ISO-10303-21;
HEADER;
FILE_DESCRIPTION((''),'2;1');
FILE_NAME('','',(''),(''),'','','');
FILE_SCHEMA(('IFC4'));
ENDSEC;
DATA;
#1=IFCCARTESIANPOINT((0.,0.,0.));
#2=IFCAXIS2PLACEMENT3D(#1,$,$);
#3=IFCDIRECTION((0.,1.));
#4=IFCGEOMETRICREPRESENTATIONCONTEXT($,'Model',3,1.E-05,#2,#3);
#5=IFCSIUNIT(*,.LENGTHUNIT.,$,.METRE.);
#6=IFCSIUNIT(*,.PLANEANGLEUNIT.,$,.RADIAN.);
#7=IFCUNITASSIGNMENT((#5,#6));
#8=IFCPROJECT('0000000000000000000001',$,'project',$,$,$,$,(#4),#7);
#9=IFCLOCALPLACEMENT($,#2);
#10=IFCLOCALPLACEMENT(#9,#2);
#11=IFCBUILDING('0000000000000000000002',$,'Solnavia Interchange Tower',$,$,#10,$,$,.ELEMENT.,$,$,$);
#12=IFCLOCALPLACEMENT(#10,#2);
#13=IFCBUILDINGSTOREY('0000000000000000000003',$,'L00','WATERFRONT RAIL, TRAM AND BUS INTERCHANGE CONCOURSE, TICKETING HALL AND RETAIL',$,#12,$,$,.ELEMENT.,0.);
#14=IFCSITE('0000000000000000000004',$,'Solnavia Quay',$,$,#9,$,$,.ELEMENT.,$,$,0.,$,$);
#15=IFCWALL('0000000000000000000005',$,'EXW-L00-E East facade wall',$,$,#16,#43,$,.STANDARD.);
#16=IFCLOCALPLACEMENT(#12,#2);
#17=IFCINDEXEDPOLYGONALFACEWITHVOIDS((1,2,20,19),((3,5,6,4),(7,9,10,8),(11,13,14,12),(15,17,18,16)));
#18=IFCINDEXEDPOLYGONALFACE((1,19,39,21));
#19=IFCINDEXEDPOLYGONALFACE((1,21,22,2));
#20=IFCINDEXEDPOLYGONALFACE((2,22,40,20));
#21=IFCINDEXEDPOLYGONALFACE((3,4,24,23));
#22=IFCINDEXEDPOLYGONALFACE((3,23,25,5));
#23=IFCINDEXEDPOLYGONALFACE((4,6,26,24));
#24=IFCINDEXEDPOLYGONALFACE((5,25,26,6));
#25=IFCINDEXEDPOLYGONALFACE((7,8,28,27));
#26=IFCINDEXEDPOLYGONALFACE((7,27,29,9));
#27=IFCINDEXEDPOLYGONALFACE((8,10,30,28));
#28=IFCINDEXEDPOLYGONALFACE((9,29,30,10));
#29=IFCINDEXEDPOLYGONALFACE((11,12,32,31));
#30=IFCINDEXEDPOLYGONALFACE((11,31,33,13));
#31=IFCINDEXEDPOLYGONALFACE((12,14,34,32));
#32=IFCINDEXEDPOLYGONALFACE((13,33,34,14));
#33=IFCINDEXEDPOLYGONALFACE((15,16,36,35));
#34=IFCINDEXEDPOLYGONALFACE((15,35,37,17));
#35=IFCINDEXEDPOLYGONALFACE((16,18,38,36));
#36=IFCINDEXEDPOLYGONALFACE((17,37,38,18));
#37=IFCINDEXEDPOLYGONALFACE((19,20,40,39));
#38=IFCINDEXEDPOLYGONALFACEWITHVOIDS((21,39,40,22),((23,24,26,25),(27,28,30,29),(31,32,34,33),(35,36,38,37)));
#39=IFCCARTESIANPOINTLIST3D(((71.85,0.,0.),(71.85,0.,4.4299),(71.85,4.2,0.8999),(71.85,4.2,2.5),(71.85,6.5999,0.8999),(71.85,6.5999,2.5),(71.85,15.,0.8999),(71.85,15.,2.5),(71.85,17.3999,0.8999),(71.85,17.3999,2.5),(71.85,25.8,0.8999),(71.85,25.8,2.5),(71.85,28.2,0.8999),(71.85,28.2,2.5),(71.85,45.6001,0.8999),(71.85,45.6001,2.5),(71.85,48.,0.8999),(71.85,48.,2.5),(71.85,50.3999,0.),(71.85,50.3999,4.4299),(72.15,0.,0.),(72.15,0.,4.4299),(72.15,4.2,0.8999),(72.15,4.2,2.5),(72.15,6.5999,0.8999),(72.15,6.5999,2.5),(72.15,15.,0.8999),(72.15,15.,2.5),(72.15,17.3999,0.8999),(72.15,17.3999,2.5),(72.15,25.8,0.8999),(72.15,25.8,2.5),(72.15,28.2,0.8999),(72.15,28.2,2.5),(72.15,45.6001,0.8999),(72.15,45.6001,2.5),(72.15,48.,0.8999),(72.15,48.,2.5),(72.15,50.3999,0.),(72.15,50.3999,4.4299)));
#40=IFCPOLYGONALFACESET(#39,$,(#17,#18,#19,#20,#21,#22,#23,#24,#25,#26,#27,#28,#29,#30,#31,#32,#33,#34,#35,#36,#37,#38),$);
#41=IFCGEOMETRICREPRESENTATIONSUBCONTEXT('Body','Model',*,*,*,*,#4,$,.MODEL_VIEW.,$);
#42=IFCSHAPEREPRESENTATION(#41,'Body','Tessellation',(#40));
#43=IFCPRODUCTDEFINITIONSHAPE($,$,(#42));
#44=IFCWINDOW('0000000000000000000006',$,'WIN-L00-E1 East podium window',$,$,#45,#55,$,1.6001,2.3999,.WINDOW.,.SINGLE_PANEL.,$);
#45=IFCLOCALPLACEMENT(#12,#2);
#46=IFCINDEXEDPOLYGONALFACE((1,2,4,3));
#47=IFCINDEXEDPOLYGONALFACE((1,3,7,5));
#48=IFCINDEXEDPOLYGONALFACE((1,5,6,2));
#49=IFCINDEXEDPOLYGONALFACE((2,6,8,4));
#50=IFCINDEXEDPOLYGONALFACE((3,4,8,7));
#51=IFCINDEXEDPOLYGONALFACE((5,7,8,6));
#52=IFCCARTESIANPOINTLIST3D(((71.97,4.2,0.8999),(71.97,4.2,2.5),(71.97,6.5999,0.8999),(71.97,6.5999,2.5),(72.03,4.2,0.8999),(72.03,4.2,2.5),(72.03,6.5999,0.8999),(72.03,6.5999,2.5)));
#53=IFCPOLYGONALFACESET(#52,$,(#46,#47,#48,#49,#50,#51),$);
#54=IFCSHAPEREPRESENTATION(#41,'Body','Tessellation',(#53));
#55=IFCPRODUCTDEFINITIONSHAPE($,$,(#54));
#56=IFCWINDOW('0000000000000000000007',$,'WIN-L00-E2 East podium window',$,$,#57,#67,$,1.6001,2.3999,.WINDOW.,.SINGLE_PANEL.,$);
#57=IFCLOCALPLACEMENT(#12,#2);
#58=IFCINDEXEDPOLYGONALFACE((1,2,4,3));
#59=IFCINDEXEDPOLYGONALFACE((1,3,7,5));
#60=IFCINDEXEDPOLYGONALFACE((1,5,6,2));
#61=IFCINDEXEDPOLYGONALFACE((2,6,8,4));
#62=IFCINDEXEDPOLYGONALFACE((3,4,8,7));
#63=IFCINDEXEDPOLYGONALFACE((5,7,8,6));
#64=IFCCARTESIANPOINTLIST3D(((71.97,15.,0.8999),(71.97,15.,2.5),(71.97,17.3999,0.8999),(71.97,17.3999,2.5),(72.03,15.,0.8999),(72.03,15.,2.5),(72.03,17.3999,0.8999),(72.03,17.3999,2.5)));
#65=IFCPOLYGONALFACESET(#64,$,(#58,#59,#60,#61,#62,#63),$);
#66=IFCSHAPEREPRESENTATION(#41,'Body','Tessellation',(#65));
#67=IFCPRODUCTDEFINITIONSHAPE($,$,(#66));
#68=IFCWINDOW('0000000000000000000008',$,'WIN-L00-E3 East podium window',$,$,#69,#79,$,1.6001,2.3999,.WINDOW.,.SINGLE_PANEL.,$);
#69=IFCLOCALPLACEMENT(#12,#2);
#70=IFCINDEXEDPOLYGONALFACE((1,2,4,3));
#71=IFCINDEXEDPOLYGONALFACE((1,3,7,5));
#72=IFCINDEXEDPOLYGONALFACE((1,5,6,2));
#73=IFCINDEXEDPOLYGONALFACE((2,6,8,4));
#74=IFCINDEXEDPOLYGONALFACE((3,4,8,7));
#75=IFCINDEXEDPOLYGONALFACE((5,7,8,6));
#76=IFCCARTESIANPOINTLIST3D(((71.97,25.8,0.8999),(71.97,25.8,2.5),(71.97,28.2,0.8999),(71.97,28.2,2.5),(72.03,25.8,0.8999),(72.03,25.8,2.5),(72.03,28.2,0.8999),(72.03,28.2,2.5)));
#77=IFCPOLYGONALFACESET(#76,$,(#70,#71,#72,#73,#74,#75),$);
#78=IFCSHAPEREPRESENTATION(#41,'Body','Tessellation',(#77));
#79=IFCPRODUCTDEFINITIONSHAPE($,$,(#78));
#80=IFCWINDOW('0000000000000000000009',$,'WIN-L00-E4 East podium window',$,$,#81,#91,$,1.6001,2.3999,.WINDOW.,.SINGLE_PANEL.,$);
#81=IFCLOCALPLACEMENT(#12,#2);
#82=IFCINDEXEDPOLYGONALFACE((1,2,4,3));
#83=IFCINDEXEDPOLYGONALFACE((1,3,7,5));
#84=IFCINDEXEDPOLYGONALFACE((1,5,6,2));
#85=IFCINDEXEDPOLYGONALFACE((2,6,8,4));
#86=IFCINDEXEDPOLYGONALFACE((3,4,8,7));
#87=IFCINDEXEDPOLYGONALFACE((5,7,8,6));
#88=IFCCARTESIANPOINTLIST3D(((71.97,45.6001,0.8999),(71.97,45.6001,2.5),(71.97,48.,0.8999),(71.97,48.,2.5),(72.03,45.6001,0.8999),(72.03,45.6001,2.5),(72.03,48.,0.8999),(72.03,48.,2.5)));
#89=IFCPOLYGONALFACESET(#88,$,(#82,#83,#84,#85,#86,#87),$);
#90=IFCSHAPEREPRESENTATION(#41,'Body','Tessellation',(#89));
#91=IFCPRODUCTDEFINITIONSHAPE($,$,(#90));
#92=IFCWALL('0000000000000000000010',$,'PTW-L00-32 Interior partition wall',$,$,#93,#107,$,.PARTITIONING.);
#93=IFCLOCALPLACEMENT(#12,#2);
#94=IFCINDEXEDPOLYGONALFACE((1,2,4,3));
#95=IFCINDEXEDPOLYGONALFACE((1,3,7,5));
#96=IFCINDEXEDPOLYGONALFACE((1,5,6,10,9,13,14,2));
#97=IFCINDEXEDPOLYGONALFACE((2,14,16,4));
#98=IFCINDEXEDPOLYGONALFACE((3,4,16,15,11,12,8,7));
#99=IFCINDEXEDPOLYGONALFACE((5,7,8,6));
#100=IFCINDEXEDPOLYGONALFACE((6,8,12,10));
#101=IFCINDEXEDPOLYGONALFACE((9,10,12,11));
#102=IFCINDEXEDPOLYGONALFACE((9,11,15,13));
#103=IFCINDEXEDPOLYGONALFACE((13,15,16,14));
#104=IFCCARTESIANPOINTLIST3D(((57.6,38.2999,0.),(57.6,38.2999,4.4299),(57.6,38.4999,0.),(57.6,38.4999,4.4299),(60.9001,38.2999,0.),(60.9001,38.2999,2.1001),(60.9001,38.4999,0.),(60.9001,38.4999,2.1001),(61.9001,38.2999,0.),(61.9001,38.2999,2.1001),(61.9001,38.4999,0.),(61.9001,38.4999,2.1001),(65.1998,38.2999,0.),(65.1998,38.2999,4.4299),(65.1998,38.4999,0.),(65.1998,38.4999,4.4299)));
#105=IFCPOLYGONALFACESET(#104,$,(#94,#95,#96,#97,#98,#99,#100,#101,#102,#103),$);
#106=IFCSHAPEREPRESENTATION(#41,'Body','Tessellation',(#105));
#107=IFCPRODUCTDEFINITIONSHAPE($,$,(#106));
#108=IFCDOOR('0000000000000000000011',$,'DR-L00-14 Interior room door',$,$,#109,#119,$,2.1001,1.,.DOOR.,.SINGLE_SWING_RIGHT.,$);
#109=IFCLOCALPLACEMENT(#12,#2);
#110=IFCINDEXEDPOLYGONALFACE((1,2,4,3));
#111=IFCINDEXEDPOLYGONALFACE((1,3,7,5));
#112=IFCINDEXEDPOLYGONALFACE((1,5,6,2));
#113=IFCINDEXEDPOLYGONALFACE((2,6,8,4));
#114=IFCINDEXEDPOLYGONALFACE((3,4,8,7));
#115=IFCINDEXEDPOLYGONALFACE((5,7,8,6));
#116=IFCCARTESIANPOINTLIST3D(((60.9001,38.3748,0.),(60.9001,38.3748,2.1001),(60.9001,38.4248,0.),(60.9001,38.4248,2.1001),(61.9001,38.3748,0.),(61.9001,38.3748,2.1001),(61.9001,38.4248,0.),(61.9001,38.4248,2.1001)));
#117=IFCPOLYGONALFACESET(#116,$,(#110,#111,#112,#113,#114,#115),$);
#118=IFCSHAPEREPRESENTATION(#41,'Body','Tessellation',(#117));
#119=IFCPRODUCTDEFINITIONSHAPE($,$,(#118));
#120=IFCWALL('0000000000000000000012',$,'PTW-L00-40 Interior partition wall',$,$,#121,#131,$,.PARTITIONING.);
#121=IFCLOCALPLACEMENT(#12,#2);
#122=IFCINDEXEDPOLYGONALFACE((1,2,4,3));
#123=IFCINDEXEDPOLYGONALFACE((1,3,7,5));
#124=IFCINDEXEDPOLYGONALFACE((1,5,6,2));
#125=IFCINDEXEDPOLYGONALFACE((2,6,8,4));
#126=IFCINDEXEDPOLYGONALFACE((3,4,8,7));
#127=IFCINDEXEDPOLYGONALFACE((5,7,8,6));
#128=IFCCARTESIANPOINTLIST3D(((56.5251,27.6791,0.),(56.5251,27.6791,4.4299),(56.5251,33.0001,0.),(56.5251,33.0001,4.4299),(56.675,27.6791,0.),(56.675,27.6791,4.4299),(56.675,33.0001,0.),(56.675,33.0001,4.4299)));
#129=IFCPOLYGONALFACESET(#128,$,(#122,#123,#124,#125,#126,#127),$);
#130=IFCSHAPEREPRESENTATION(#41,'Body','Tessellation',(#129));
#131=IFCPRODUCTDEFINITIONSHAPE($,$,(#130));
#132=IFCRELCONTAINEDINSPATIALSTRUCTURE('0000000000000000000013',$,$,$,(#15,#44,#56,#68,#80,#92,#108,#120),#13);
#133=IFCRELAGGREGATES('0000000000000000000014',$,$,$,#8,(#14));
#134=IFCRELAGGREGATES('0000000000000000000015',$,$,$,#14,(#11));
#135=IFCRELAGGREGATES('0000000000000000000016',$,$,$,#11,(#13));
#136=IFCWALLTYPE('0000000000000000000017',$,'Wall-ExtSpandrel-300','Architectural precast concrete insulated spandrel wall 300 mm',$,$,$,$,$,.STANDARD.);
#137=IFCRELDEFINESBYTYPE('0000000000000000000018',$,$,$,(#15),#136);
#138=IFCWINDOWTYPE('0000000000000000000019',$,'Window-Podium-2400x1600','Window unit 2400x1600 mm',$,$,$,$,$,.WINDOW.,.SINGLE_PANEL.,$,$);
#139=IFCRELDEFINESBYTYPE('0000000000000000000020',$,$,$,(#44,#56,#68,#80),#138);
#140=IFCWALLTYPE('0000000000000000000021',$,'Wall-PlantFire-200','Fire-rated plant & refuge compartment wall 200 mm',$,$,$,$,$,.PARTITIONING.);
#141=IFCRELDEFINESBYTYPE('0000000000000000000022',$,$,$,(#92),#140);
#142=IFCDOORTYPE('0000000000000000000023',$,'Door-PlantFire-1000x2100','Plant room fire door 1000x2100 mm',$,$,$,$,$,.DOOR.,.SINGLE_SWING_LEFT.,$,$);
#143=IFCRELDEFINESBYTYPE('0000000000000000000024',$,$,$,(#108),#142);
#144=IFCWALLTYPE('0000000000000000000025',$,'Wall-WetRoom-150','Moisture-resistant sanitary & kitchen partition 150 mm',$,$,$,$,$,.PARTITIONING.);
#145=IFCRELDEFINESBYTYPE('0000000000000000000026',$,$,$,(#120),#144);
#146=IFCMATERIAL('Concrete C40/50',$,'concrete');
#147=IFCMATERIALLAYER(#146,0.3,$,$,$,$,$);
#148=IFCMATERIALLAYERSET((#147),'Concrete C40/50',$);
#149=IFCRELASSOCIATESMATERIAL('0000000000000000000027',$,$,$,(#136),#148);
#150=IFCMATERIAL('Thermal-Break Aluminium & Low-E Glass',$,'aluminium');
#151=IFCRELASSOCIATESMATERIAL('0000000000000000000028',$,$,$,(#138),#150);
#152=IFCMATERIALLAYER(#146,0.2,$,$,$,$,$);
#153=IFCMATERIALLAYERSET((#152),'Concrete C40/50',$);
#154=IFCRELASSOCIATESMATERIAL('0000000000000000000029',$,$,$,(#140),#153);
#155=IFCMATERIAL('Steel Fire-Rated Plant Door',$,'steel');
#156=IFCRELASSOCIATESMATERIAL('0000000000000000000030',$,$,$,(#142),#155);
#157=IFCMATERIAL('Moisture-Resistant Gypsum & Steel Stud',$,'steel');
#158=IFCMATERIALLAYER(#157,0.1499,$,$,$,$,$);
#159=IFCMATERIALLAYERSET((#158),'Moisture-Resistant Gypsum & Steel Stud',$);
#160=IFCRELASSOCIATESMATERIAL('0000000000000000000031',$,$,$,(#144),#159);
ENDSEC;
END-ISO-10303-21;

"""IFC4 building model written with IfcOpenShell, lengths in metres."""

from ifc_helpers import new_model, si_unit, direction, frame, frame_2d, origin, place, context, subcontext, project, spatial, rectangle, extrude, material, layer, layer_set, type_object, element, fill, save


model = new_model("IFC4")

# Units and contexts
model_context = context("Model", 3, precision=1e-05, world=origin(), true_north=direction((0.0, 1.0)))
body_context = subcontext(model_context, "Body", "Model", "MODEL_VIEW")
ifc_project = project(units=[si_unit("LENGTHUNIT", "METRE"), si_unit("PLANEANGLEUNIT", "RADIAN")], contexts=[model_context])

# Site, building, storey
site_placement = place(None, origin())
site = spatial("IfcSite", under=ifc_project, at=site_placement, Name="Solnavia Quay", CompositionType="ELEMENT", RefElevation=0.0)
building_placement = place(site_placement, origin())
building = spatial("IfcBuilding", under=site, at=building_placement, Name="Solnavia Interchange Tower", CompositionType="ELEMENT")
storey_placement = place(building_placement, origin())
storey = spatial("IfcBuildingStorey", under=building, at=storey_placement, Name="L00", Description="WATERFRONT RAIL, TRAM AND BUS INTERCHANGE CONCOURSE, TICKETING HALL AND RETAIL", CompositionType="ELEMENT", Elevation=0.0)

# Wall, openings, windows
ifc_material_1 = material(Name="Concrete C40/50", Category="concrete")
ifc_layer_1 = layer(ifc_material_1, 0.3)
ifc_layer_set_1 = layer_set([ifc_layer_1], Name="Concrete C40/50")
wall_type_1 = type_object("IfcWallType", Name="Wall-ExtSpandrel-300", Description="Architectural precast concrete insulated spandrel wall 300 mm", PredefinedType="STANDARD", material=ifc_layer_set_1)
wall_1_placement = place(storey_placement, frame((72.0, 50.3999, 0.0), z_axis=(0.0, 0.0, 1.0), x_axis=(0.0, -1.0, 0.0)))
wall_1 = element("IfcWall", 1, at=wall_1_placement, inside=storey, type_object=wall_type_1, Name="EXW-L00-E East facade wall", PredefinedType="STANDARD", context=body_context, shape_type="SweptSolid", body=[
    extrude(rectangle(XDim=50.3999, YDim=0.3, at=frame_2d((25.2, 0.0))), origin(), (0.0, 0.0, 1.0), 4.4299),
])
opening_1_placement = place(wall_1_placement, frame((43.8, 0.0, 0.8999)))
opening_1 = element("IfcOpeningElement", 2, at=opening_1_placement, cuts=wall_1, PredefinedType="OPENING", context=body_context, shape_type="SweptSolid", body=[
    extrude(rectangle(XDim=2.3999, YDim=1.6001, at=frame_2d((1.2, 0.8))), frame((0.0, 0.1602, 0.0), z_axis=(0.0, -1.0, 0.0), x_axis=(1.0, 0.0, 0.0)), (0.0, 0.0, 1.0), 0.3201),
])
opening_2_placement = place(wall_1_placement, frame((33.0, 0.0, 0.8999)))
opening_2 = element("IfcOpeningElement", 3, at=opening_2_placement, cuts=wall_1, PredefinedType="OPENING", context=body_context, shape_type="SweptSolid", body=[
    extrude(rectangle(XDim=2.3999, YDim=1.6001, at=frame_2d((1.2, 0.8))), frame((0.0, 0.1602, 0.0), z_axis=(0.0, -1.0, 0.0), x_axis=(1.0, 0.0, 0.0)), (0.0, 0.0, 1.0), 0.3201),
])
opening_3_placement = place(wall_1_placement, frame((22.2, 0.0, 0.8999)))
opening_3 = element("IfcOpeningElement", 4, at=opening_3_placement, cuts=wall_1, PredefinedType="OPENING", context=body_context, shape_type="SweptSolid", body=[
    extrude(rectangle(XDim=2.3999, YDim=1.6001, at=frame_2d((1.2, 0.8))), frame((0.0, 0.1602, 0.0), z_axis=(0.0, -1.0, 0.0), x_axis=(1.0, 0.0, 0.0)), (0.0, 0.0, 1.0), 0.3201),
])
opening_4_placement = place(wall_1_placement, frame((2.3999, 0.0, 0.8999)))
opening_4 = element("IfcOpeningElement", 5, at=opening_4_placement, cuts=wall_1, PredefinedType="OPENING", context=body_context, shape_type="SweptSolid", body=[
    extrude(rectangle(XDim=2.3999, YDim=1.6001, at=frame_2d((1.2, 0.8))), frame((0.0, 0.1602, 0.0), z_axis=(0.0, -1.0, 0.0), x_axis=(1.0, 0.0, 0.0)), (0.0, 0.0, 1.0), 0.3201),
])
ifc_material_2 = material(Name="Thermal-Break Aluminium & Low-E Glass", Category="aluminium")
window_type = type_object("IfcWindowType", Name="Window-Podium-2400x1600", Description="Window unit 2400x1600 mm", PartitioningType="SINGLE_PANEL", PredefinedType="WINDOW", material=ifc_material_2)
window_1_placement = place(opening_1_placement, origin())
window_1 = element("IfcWindow", 6, at=window_1_placement, inside=storey, type_object=window_type, Name="WIN-L00-E1 East podium window", OverallHeight=1.6001, OverallWidth=2.3999, PartitioningType="SINGLE_PANEL", PredefinedType="WINDOW", context=body_context, shape_type="SweptSolid", body=[
    extrude(rectangle(XDim=2.3999, YDim=1.6001, at=frame_2d((1.2, 0.8))), frame((0.0, 0.03, 0.0), z_axis=(0.0, -1.0, 0.0), x_axis=(1.0, 0.0, 0.0)), (0.0, 0.0, 1.0), 0.0601),
])
fill(opening_1, window_1)
window_2_placement = place(opening_2_placement, origin())
window_2 = element("IfcWindow", 7, at=window_2_placement, inside=storey, type_object=window_type, Name="WIN-L00-E2 East podium window", OverallHeight=1.6001, OverallWidth=2.3999, PartitioningType="SINGLE_PANEL", PredefinedType="WINDOW", context=body_context, shape_type="SweptSolid", body=[
    extrude(rectangle(XDim=2.3999, YDim=1.6001, at=frame_2d((1.2, 0.8))), frame((0.0, 0.03, 0.0), z_axis=(0.0, -1.0, 0.0), x_axis=(1.0, 0.0, 0.0)), (0.0, 0.0, 1.0), 0.0601),
])
fill(opening_2, window_2)
window_3_placement = place(opening_3_placement, origin())
window_3 = element("IfcWindow", 8, at=window_3_placement, inside=storey, type_object=window_type, Name="WIN-L00-E3 East podium window", OverallHeight=1.6001, OverallWidth=2.3999, PartitioningType="SINGLE_PANEL", PredefinedType="WINDOW", context=body_context, shape_type="SweptSolid", body=[
    extrude(rectangle(XDim=2.3999, YDim=1.6001, at=frame_2d((1.2, 0.8))), frame((0.0, 0.03, 0.0), z_axis=(0.0, -1.0, 0.0), x_axis=(1.0, 0.0, 0.0)), (0.0, 0.0, 1.0), 0.0601),
])
fill(opening_3, window_3)
window_4_placement = place(opening_4_placement, origin())
window_4 = element("IfcWindow", 9, at=window_4_placement, inside=storey, type_object=window_type, Name="WIN-L00-E4 East podium window", OverallHeight=1.6001, OverallWidth=2.3999, PartitioningType="SINGLE_PANEL", PredefinedType="WINDOW", context=body_context, shape_type="SweptSolid", body=[
    extrude(rectangle(XDim=2.3999, YDim=1.6001, at=frame_2d((1.2, 0.8))), frame((0.0, 0.03, 0.0), z_axis=(0.0, -1.0, 0.0), x_axis=(1.0, 0.0, 0.0)), (0.0, 0.0, 1.0), 0.0601),
])
fill(opening_4, window_4)

# Wall, opening, door
ifc_layer_2 = layer(ifc_material_1, 0.2)
ifc_layer_set_2 = layer_set([ifc_layer_2], Name="Concrete C40/50")
wall_type_2 = type_object("IfcWallType", Name="Wall-PlantFire-200", Description="Fire-rated plant & refuge compartment wall 200 mm", PredefinedType="PARTITIONING", material=ifc_layer_set_2)
wall_2_placement = place(storey_placement, frame((57.6001, 38.3999, 0.0), z_axis=(0.0, 0.0, 1.0), x_axis=(1.0, 0.0, 0.0)))
wall_2 = element("IfcWall", 10, at=wall_2_placement, inside=storey, type_object=wall_type_2, Name="PTW-L00-32 Interior partition wall", PredefinedType="PARTITIONING", context=body_context, shape_type="SweptSolid", body=[
    extrude(rectangle(XDim=7.5999, YDim=0.2, at=frame_2d((3.7998, 0.0))), origin(), (0.0, 0.0, 1.0), 4.4299),
])
opening_5_placement = place(wall_2_placement, frame((3.3, 0.0, 0.0)))
opening_5 = element("IfcOpeningElement", 11, at=opening_5_placement, cuts=wall_2, PredefinedType="OPENING", context=body_context, shape_type="SweptSolid", body=[
    extrude(rectangle(XDim=1.0, YDim=2.1001, at=frame_2d((0.5, 1.05))), frame((0.0, 0.1099, 0.0), z_axis=(0.0, -1.0, 0.0), x_axis=(1.0, 0.0, 0.0)), (0.0, 0.0, 1.0), 0.22),
])
ifc_material_3 = material(Name="Steel Fire-Rated Plant Door", Category="steel")
door_type = type_object("IfcDoorType", Name="Door-PlantFire-1000x2100", Description="Plant room fire door 1000x2100 mm", OperationType="SINGLE_SWING_LEFT", PredefinedType="DOOR", material=ifc_material_3)
door_placement = place(opening_5_placement, origin())
door = element("IfcDoor", 12, at=door_placement, inside=storey, type_object=door_type, Name="DR-L00-14 Interior room door", OperationType="SINGLE_SWING_RIGHT", OverallHeight=2.1001, OverallWidth=1.0, PredefinedType="DOOR", context=body_context, shape_type="SweptSolid", body=[
    extrude(rectangle(XDim=1.0, YDim=2.1001, at=frame_2d((0.5, 1.05))), frame((0.0, 0.0249, 0.0), z_axis=(0.0, -1.0, 0.0), x_axis=(1.0, 0.0, 0.0)), (0.0, 0.0, 1.0), 0.05),
])
fill(opening_5, door)

# Wall
ifc_material_4 = material(Name="Moisture-Resistant Gypsum & Steel Stud", Category="steel")
ifc_layer_3 = layer(ifc_material_4, 0.1499)
ifc_layer_set_3 = layer_set([ifc_layer_3], Name="Moisture-Resistant Gypsum & Steel Stud")
wall_type_3 = type_object("IfcWallType", Name="Wall-WetRoom-150", Description="Moisture-resistant sanitary & kitchen partition 150 mm", PredefinedType="PARTITIONING", material=ifc_layer_set_3)
wall_3_placement = place(storey_placement, frame((56.6001, 27.679, 0.0), z_axis=(0.0, 0.0, 1.0), x_axis=(0.0, 1.0, 0.0)))
element("IfcWall", 13, at=wall_3_placement, inside=storey, type_object=wall_type_3, Name="PTW-L00-40 Interior partition wall", PredefinedType="PARTITIONING", context=body_context, shape_type="SweptSolid", body=[
    extrude(rectangle(XDim=5.321, YDim=0.1499, at=frame_2d((2.6606, 0.0))), origin(), (0.0, 0.0, 1.0), 4.4299),
])

save(model, "model.ifc")
